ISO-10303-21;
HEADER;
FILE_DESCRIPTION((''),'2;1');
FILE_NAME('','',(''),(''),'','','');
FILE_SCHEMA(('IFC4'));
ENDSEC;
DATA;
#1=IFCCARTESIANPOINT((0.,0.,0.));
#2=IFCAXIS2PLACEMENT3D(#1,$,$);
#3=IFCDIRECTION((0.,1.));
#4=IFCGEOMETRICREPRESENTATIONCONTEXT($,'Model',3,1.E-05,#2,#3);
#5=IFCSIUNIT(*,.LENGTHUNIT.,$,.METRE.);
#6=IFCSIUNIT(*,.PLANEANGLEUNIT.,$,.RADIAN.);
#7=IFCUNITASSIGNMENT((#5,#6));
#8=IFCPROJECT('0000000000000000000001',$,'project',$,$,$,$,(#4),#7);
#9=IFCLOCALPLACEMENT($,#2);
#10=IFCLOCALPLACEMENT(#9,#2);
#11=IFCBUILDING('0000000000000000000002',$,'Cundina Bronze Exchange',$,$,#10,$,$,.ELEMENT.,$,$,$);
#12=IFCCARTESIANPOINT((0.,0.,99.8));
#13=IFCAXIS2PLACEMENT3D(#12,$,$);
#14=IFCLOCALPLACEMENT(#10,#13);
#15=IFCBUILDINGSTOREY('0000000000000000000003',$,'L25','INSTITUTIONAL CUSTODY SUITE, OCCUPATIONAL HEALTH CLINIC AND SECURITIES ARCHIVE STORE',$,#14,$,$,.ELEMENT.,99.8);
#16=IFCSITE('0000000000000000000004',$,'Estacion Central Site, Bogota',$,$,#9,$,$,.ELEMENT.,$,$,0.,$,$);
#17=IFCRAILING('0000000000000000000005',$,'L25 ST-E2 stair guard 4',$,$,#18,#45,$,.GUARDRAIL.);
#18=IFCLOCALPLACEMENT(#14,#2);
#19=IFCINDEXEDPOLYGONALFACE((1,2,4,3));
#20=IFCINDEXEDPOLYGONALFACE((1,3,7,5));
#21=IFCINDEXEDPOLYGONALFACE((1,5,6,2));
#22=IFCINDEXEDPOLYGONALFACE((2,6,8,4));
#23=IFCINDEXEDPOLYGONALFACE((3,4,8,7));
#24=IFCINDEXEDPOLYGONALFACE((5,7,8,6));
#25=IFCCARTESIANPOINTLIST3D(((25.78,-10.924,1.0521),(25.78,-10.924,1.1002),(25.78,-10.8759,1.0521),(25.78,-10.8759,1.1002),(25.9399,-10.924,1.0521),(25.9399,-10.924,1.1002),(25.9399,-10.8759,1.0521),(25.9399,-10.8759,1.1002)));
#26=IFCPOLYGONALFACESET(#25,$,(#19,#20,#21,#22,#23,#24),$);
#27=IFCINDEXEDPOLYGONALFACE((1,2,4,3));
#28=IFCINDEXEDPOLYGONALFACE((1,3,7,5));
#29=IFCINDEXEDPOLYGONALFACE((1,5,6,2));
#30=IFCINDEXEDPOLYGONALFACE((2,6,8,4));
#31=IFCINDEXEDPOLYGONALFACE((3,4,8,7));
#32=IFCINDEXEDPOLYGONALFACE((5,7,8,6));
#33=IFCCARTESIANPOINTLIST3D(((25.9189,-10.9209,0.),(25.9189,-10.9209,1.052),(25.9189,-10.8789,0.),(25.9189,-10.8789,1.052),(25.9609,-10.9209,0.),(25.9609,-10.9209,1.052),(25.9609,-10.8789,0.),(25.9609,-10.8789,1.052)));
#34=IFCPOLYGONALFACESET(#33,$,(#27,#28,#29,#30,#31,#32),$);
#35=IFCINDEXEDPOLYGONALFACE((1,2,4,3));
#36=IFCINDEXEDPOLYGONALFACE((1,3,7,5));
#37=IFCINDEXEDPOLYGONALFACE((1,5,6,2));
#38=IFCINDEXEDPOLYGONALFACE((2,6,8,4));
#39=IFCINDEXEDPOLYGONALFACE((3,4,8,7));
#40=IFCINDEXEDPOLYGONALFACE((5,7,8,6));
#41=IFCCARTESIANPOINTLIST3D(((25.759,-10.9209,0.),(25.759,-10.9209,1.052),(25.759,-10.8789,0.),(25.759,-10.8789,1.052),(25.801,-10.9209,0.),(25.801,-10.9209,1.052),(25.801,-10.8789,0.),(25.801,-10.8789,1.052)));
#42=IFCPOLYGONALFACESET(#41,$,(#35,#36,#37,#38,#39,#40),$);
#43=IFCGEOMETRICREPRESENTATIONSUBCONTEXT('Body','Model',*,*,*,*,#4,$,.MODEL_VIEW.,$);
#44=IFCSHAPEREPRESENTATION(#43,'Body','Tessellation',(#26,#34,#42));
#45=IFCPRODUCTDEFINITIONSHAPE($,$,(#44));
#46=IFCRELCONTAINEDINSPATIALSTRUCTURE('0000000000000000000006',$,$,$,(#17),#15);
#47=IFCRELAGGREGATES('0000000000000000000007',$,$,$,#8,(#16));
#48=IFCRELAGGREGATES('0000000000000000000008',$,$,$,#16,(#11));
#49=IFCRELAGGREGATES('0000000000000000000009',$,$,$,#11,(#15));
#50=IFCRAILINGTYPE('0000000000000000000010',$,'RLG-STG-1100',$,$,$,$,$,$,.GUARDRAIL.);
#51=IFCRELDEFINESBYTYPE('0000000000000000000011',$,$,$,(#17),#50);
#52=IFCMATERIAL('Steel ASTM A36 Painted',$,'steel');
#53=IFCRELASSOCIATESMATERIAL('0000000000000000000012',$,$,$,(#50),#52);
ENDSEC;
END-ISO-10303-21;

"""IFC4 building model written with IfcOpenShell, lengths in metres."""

from ifc_helpers import new_model, si_unit, direction, frame, origin, origin_2d, place, context, subcontext, project, spatial, rectangle, extrude, material, type_object, element, save


model = new_model("IFC4")

# Units and contexts
model_context = context("Model", 3, precision=1e-05, world=origin(), true_north=direction((0.0, 1.0)))
body_context = subcontext(model_context, "Body", "Model", "MODEL_VIEW")
ifc_project = project(units=[si_unit("LENGTHUNIT", "METRE"), si_unit("PLANEANGLEUNIT", "RADIAN")], contexts=[model_context])

# Site, building, storey
site_placement = place(None, origin())
site = spatial("IfcSite", under=ifc_project, at=site_placement, Name="Estacion Central Site, Bogota", CompositionType="ELEMENT", RefElevation=0.0)
building_placement = place(site_placement, origin())
building = spatial("IfcBuilding", under=site, at=building_placement, Name="Cundina Bronze Exchange", CompositionType="ELEMENT")
storey_placement = place(building_placement, frame((0.0, 0.0, 99.8)))
storey = spatial("IfcBuildingStorey", under=building, at=storey_placement, Name="L25", Description="INSTITUTIONAL CUSTODY SUITE, OCCUPATIONAL HEALTH CLINIC AND SECURITIES ARCHIVE STORE", CompositionType="ELEMENT", Elevation=99.8)

# Shared definitions
ifc_material_1 = material(Name="Steel ASTM A36 Painted", Category="steel")

# Railing
railing_type_1 = type_object("IfcRailingType", Name="RLG-STG-1100", PredefinedType="GUARDRAIL", material=ifc_material_1)
railing_1_placement = place(storey_placement, frame((25.9399, -10.8999, 0.0)))
element("IfcRailing", 1, at=railing_1_placement, inside=storey, type_object=railing_type_1, Name="L25 ST-E2 stair guard 4", PredefinedType="GUARDRAIL", context=body_context, shape_type="SweptSolid", body=[
    extrude(rectangle(XDim=0.0481, YDim=0.0481, at=origin_2d()), frame((0.0, 0.0, 1.0762), z_axis=(-1.0, 0.0, 0.0), x_axis=(0.0, -1.0, 0.0)), (0.0, 0.0, 1.0), 0.1599),
    extrude(rectangle(XDim=0.042, YDim=0.042, at=origin_2d()), origin(), (0.0, 0.0, 1.0), 1.052),
    extrude(rectangle(XDim=0.042, YDim=0.042, at=origin_2d()), frame((-0.1599, 0.0, 0.0)), (0.0, 0.0, 1.0), 1.052),
])

save(model, "model.ifc")
